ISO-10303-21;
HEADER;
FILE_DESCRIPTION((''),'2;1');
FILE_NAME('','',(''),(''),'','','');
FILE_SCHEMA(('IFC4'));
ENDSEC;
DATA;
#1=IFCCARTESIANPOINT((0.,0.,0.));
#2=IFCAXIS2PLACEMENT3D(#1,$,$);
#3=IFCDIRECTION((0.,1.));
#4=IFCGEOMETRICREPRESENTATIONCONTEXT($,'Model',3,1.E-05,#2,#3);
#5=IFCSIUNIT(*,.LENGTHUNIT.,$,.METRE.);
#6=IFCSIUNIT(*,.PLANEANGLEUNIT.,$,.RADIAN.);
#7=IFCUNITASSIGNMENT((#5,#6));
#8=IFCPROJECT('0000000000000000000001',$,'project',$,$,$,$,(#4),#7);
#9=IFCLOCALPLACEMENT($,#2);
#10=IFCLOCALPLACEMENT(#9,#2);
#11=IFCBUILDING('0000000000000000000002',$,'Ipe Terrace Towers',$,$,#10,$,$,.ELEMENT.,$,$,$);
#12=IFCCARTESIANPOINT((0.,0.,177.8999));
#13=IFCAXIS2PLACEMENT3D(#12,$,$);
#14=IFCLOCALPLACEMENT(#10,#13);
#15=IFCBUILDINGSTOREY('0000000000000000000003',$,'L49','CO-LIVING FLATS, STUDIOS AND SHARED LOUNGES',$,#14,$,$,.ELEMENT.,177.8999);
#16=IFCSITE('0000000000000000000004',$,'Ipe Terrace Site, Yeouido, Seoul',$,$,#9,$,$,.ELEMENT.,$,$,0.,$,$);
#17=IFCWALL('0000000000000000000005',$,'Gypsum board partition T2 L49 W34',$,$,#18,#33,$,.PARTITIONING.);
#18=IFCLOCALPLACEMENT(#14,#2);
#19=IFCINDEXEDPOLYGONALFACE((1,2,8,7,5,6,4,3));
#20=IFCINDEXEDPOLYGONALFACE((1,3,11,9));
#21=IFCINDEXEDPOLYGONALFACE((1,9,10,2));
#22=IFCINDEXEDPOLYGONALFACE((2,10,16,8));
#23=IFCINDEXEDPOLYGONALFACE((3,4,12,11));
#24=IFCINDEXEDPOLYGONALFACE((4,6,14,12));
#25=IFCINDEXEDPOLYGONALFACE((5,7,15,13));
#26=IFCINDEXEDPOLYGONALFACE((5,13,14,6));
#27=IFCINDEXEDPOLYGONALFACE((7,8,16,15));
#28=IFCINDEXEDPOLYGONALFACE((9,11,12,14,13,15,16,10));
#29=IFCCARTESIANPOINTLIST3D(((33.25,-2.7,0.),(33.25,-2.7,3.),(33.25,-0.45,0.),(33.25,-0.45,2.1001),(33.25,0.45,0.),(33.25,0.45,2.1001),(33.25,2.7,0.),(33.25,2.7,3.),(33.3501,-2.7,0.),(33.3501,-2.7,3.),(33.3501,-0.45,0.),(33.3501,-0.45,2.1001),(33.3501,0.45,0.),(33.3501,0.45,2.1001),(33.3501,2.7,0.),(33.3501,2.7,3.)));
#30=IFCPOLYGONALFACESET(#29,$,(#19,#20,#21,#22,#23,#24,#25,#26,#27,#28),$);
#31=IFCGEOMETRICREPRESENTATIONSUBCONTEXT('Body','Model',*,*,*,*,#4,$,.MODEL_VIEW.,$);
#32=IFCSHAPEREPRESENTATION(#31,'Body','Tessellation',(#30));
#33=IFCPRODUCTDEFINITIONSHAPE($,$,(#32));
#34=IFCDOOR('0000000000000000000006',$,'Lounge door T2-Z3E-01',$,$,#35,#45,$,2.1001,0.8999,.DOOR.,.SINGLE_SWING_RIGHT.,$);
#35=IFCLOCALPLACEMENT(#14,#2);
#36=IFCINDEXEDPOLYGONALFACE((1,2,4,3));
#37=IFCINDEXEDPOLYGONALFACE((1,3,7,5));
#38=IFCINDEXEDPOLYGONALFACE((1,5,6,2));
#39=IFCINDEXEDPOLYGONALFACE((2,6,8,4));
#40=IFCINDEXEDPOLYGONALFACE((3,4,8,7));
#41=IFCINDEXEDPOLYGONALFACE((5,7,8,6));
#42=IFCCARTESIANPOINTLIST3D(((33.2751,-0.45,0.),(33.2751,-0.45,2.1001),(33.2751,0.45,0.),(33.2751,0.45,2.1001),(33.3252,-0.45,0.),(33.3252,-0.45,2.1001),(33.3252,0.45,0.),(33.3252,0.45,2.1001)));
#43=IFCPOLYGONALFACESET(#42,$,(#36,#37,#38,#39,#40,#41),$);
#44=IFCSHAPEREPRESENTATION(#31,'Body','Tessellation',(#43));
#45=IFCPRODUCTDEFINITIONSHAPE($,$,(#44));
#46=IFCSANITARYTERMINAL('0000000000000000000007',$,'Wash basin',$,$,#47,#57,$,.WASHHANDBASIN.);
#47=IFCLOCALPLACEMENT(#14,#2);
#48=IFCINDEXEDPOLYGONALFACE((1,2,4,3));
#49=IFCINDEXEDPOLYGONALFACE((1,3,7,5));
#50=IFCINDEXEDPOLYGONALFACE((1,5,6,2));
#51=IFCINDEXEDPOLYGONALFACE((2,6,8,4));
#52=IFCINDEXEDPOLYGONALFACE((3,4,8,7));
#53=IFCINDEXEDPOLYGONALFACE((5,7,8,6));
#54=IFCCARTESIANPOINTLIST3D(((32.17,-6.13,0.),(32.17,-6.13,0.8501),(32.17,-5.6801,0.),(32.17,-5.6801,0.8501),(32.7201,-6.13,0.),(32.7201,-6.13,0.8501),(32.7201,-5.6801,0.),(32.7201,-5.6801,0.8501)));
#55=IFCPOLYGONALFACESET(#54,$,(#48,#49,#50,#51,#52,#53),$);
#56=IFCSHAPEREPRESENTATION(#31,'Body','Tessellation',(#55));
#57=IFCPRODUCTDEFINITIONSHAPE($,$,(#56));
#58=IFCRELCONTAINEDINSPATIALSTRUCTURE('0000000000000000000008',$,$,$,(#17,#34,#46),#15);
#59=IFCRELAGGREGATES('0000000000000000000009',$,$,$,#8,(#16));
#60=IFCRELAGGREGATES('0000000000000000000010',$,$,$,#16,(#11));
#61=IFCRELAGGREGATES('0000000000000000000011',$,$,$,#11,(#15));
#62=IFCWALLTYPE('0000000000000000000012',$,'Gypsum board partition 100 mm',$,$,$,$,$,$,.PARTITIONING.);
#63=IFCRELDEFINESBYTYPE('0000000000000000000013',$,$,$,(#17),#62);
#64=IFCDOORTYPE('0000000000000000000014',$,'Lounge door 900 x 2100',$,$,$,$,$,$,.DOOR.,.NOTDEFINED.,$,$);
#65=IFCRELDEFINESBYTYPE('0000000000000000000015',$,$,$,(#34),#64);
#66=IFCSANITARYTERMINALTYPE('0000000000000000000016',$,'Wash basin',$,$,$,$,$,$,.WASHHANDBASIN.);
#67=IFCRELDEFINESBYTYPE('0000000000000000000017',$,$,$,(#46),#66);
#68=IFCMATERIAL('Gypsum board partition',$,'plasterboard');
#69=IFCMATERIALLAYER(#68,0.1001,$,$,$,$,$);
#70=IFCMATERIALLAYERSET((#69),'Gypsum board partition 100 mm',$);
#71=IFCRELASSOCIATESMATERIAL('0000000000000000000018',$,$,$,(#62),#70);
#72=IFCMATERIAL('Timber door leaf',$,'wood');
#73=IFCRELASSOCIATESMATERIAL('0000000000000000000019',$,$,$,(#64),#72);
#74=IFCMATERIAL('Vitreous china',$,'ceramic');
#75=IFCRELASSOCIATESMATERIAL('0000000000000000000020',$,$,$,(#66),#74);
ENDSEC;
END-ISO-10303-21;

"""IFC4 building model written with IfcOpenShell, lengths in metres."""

from ifc_helpers import new_model, si_unit, direction, frame, frame_2d, origin, origin_2d, place, context, subcontext, project, spatial, rectangle, extrude, material, layer, layer_set, type_object, element, fill, save


model = new_model("IFC4")

# Units and contexts
model_context = context("Model", 3, precision=1e-05, world=origin(), true_north=direction((0.0, 1.0)))
body_context = subcontext(model_context, "Body", "Model", "MODEL_VIEW")
ifc_project = project(units=[si_unit("LENGTHUNIT", "METRE"), si_unit("PLANEANGLEUNIT", "RADIAN")], contexts=[model_context])

# Site, building, storey
site_placement = place(None, origin())
site = spatial("IfcSite", under=ifc_project, at=site_placement, Name="Ipe Terrace Site, Yeouido, Seoul", CompositionType="ELEMENT", RefElevation=0.0)
building_placement = place(site_placement, origin())
building = spatial("IfcBuilding", under=site, at=building_placement, Name="Ipe Terrace Towers", CompositionType="ELEMENT")
storey_placement = place(building_placement, frame((0.0, 0.0, 177.8999)))
storey = spatial("IfcBuildingStorey", under=building, at=storey_placement, Name="L49", Description="CO-LIVING FLATS, STUDIOS AND SHARED LOUNGES", CompositionType="ELEMENT", Elevation=177.8999)

# Shared definitions
ifc_material_1 = material(Name="Gypsum board partition", Category="plasterboard")
ifc_layer = layer(ifc_material_1, 0.1001)
ifc_layer_set = layer_set([ifc_layer], Name="Gypsum board partition 100 mm")
wall_type = type_object("IfcWallType", Name="Gypsum board partition 100 mm", PredefinedType="PARTITIONING", material=ifc_layer_set)
ifc_material_2 = material(Name="Timber door leaf", Category="wood")
door_type = type_object("IfcDoorType", Name="Lounge door 900 x 2100", OperationType="NOTDEFINED", PredefinedType="DOOR", material=ifc_material_2)

# Wall, opening, door
wall_1_placement = place(storey_placement, frame((33.3, -2.7, 0.0), z_axis=(0.0, 0.0, 1.0), x_axis=(0.0, 1.0, 0.0)))
wall_1 = element("IfcWall", 1, at=wall_1_placement, inside=storey, type_object=wall_type, Name="Gypsum board partition T2 L49 W34", PredefinedType="PARTITIONING", context=body_context, shape_type="SweptSolid", body=[
    extrude(rectangle(XDim=5.3999, YDim=0.1001, at=frame_2d((2.7, 0.0))), origin(), (0.0, 0.0, 1.0), 3.0),
])
opening_1_placement = place(wall_1_placement, frame((2.25, 0.0, 0.0)))
opening_1 = element("IfcOpeningElement", 2, at=opening_1_placement, cuts=wall_1, PredefinedType="OPENING", context=body_context, shape_type="SweptSolid", body=[
    extrude(rectangle(XDim=0.8999, YDim=2.1001, at=frame_2d((0.45, 1.05))), frame((0.0, 0.0601, 0.0), z_axis=(0.0, -1.0, 0.0), x_axis=(1.0, 0.0, 0.0)), (0.0, 0.0, 1.0), 0.1201),
])
door_1_placement = place(opening_1_placement, origin())
door_1 = element("IfcDoor", 3, at=door_1_placement, inside=storey, type_object=door_type, Name="Lounge door T2-Z3E-01", OperationType="SINGLE_SWING_RIGHT", OverallHeight=2.1001, OverallWidth=0.8999, PredefinedType="DOOR", context=body_context, shape_type="SweptSolid", body=[
    extrude(rectangle(XDim=0.8999, YDim=2.1001, at=frame_2d((0.45, 1.05))), frame((0.0, 0.0249, 0.0), z_axis=(0.0, -1.0, 0.0), x_axis=(1.0, 0.0, 0.0)), (0.0, 0.0, 1.0), 0.05),
])
fill(opening_1, door_1)

# Sanitary terminal
ifc_material_3 = material(Name="Vitreous china", Category="ceramic")
sanitary_terminal_type = type_object("IfcSanitaryTerminalType", Name="Wash basin", PredefinedType="WASHHANDBASIN", material=ifc_material_3)
sanitary_terminal_placement = place(storey_placement, frame((32.4451, -5.905, 0.0), z_axis=(0.0, 0.0, 1.0), x_axis=(1.0, 0.0, 0.0)))
element("IfcSanitaryTerminal", 4, at=sanitary_terminal_placement, inside=storey, type_object=sanitary_terminal_type, Name="Wash basin", PredefinedType="WASHHANDBASIN", context=body_context, shape_type="SweptSolid", body=[
    extrude(rectangle(XDim=0.55, YDim=0.45, at=origin_2d()), origin(), (0.0, 0.0, 1.0), 0.8501),
])

save(model, "model.ifc")
